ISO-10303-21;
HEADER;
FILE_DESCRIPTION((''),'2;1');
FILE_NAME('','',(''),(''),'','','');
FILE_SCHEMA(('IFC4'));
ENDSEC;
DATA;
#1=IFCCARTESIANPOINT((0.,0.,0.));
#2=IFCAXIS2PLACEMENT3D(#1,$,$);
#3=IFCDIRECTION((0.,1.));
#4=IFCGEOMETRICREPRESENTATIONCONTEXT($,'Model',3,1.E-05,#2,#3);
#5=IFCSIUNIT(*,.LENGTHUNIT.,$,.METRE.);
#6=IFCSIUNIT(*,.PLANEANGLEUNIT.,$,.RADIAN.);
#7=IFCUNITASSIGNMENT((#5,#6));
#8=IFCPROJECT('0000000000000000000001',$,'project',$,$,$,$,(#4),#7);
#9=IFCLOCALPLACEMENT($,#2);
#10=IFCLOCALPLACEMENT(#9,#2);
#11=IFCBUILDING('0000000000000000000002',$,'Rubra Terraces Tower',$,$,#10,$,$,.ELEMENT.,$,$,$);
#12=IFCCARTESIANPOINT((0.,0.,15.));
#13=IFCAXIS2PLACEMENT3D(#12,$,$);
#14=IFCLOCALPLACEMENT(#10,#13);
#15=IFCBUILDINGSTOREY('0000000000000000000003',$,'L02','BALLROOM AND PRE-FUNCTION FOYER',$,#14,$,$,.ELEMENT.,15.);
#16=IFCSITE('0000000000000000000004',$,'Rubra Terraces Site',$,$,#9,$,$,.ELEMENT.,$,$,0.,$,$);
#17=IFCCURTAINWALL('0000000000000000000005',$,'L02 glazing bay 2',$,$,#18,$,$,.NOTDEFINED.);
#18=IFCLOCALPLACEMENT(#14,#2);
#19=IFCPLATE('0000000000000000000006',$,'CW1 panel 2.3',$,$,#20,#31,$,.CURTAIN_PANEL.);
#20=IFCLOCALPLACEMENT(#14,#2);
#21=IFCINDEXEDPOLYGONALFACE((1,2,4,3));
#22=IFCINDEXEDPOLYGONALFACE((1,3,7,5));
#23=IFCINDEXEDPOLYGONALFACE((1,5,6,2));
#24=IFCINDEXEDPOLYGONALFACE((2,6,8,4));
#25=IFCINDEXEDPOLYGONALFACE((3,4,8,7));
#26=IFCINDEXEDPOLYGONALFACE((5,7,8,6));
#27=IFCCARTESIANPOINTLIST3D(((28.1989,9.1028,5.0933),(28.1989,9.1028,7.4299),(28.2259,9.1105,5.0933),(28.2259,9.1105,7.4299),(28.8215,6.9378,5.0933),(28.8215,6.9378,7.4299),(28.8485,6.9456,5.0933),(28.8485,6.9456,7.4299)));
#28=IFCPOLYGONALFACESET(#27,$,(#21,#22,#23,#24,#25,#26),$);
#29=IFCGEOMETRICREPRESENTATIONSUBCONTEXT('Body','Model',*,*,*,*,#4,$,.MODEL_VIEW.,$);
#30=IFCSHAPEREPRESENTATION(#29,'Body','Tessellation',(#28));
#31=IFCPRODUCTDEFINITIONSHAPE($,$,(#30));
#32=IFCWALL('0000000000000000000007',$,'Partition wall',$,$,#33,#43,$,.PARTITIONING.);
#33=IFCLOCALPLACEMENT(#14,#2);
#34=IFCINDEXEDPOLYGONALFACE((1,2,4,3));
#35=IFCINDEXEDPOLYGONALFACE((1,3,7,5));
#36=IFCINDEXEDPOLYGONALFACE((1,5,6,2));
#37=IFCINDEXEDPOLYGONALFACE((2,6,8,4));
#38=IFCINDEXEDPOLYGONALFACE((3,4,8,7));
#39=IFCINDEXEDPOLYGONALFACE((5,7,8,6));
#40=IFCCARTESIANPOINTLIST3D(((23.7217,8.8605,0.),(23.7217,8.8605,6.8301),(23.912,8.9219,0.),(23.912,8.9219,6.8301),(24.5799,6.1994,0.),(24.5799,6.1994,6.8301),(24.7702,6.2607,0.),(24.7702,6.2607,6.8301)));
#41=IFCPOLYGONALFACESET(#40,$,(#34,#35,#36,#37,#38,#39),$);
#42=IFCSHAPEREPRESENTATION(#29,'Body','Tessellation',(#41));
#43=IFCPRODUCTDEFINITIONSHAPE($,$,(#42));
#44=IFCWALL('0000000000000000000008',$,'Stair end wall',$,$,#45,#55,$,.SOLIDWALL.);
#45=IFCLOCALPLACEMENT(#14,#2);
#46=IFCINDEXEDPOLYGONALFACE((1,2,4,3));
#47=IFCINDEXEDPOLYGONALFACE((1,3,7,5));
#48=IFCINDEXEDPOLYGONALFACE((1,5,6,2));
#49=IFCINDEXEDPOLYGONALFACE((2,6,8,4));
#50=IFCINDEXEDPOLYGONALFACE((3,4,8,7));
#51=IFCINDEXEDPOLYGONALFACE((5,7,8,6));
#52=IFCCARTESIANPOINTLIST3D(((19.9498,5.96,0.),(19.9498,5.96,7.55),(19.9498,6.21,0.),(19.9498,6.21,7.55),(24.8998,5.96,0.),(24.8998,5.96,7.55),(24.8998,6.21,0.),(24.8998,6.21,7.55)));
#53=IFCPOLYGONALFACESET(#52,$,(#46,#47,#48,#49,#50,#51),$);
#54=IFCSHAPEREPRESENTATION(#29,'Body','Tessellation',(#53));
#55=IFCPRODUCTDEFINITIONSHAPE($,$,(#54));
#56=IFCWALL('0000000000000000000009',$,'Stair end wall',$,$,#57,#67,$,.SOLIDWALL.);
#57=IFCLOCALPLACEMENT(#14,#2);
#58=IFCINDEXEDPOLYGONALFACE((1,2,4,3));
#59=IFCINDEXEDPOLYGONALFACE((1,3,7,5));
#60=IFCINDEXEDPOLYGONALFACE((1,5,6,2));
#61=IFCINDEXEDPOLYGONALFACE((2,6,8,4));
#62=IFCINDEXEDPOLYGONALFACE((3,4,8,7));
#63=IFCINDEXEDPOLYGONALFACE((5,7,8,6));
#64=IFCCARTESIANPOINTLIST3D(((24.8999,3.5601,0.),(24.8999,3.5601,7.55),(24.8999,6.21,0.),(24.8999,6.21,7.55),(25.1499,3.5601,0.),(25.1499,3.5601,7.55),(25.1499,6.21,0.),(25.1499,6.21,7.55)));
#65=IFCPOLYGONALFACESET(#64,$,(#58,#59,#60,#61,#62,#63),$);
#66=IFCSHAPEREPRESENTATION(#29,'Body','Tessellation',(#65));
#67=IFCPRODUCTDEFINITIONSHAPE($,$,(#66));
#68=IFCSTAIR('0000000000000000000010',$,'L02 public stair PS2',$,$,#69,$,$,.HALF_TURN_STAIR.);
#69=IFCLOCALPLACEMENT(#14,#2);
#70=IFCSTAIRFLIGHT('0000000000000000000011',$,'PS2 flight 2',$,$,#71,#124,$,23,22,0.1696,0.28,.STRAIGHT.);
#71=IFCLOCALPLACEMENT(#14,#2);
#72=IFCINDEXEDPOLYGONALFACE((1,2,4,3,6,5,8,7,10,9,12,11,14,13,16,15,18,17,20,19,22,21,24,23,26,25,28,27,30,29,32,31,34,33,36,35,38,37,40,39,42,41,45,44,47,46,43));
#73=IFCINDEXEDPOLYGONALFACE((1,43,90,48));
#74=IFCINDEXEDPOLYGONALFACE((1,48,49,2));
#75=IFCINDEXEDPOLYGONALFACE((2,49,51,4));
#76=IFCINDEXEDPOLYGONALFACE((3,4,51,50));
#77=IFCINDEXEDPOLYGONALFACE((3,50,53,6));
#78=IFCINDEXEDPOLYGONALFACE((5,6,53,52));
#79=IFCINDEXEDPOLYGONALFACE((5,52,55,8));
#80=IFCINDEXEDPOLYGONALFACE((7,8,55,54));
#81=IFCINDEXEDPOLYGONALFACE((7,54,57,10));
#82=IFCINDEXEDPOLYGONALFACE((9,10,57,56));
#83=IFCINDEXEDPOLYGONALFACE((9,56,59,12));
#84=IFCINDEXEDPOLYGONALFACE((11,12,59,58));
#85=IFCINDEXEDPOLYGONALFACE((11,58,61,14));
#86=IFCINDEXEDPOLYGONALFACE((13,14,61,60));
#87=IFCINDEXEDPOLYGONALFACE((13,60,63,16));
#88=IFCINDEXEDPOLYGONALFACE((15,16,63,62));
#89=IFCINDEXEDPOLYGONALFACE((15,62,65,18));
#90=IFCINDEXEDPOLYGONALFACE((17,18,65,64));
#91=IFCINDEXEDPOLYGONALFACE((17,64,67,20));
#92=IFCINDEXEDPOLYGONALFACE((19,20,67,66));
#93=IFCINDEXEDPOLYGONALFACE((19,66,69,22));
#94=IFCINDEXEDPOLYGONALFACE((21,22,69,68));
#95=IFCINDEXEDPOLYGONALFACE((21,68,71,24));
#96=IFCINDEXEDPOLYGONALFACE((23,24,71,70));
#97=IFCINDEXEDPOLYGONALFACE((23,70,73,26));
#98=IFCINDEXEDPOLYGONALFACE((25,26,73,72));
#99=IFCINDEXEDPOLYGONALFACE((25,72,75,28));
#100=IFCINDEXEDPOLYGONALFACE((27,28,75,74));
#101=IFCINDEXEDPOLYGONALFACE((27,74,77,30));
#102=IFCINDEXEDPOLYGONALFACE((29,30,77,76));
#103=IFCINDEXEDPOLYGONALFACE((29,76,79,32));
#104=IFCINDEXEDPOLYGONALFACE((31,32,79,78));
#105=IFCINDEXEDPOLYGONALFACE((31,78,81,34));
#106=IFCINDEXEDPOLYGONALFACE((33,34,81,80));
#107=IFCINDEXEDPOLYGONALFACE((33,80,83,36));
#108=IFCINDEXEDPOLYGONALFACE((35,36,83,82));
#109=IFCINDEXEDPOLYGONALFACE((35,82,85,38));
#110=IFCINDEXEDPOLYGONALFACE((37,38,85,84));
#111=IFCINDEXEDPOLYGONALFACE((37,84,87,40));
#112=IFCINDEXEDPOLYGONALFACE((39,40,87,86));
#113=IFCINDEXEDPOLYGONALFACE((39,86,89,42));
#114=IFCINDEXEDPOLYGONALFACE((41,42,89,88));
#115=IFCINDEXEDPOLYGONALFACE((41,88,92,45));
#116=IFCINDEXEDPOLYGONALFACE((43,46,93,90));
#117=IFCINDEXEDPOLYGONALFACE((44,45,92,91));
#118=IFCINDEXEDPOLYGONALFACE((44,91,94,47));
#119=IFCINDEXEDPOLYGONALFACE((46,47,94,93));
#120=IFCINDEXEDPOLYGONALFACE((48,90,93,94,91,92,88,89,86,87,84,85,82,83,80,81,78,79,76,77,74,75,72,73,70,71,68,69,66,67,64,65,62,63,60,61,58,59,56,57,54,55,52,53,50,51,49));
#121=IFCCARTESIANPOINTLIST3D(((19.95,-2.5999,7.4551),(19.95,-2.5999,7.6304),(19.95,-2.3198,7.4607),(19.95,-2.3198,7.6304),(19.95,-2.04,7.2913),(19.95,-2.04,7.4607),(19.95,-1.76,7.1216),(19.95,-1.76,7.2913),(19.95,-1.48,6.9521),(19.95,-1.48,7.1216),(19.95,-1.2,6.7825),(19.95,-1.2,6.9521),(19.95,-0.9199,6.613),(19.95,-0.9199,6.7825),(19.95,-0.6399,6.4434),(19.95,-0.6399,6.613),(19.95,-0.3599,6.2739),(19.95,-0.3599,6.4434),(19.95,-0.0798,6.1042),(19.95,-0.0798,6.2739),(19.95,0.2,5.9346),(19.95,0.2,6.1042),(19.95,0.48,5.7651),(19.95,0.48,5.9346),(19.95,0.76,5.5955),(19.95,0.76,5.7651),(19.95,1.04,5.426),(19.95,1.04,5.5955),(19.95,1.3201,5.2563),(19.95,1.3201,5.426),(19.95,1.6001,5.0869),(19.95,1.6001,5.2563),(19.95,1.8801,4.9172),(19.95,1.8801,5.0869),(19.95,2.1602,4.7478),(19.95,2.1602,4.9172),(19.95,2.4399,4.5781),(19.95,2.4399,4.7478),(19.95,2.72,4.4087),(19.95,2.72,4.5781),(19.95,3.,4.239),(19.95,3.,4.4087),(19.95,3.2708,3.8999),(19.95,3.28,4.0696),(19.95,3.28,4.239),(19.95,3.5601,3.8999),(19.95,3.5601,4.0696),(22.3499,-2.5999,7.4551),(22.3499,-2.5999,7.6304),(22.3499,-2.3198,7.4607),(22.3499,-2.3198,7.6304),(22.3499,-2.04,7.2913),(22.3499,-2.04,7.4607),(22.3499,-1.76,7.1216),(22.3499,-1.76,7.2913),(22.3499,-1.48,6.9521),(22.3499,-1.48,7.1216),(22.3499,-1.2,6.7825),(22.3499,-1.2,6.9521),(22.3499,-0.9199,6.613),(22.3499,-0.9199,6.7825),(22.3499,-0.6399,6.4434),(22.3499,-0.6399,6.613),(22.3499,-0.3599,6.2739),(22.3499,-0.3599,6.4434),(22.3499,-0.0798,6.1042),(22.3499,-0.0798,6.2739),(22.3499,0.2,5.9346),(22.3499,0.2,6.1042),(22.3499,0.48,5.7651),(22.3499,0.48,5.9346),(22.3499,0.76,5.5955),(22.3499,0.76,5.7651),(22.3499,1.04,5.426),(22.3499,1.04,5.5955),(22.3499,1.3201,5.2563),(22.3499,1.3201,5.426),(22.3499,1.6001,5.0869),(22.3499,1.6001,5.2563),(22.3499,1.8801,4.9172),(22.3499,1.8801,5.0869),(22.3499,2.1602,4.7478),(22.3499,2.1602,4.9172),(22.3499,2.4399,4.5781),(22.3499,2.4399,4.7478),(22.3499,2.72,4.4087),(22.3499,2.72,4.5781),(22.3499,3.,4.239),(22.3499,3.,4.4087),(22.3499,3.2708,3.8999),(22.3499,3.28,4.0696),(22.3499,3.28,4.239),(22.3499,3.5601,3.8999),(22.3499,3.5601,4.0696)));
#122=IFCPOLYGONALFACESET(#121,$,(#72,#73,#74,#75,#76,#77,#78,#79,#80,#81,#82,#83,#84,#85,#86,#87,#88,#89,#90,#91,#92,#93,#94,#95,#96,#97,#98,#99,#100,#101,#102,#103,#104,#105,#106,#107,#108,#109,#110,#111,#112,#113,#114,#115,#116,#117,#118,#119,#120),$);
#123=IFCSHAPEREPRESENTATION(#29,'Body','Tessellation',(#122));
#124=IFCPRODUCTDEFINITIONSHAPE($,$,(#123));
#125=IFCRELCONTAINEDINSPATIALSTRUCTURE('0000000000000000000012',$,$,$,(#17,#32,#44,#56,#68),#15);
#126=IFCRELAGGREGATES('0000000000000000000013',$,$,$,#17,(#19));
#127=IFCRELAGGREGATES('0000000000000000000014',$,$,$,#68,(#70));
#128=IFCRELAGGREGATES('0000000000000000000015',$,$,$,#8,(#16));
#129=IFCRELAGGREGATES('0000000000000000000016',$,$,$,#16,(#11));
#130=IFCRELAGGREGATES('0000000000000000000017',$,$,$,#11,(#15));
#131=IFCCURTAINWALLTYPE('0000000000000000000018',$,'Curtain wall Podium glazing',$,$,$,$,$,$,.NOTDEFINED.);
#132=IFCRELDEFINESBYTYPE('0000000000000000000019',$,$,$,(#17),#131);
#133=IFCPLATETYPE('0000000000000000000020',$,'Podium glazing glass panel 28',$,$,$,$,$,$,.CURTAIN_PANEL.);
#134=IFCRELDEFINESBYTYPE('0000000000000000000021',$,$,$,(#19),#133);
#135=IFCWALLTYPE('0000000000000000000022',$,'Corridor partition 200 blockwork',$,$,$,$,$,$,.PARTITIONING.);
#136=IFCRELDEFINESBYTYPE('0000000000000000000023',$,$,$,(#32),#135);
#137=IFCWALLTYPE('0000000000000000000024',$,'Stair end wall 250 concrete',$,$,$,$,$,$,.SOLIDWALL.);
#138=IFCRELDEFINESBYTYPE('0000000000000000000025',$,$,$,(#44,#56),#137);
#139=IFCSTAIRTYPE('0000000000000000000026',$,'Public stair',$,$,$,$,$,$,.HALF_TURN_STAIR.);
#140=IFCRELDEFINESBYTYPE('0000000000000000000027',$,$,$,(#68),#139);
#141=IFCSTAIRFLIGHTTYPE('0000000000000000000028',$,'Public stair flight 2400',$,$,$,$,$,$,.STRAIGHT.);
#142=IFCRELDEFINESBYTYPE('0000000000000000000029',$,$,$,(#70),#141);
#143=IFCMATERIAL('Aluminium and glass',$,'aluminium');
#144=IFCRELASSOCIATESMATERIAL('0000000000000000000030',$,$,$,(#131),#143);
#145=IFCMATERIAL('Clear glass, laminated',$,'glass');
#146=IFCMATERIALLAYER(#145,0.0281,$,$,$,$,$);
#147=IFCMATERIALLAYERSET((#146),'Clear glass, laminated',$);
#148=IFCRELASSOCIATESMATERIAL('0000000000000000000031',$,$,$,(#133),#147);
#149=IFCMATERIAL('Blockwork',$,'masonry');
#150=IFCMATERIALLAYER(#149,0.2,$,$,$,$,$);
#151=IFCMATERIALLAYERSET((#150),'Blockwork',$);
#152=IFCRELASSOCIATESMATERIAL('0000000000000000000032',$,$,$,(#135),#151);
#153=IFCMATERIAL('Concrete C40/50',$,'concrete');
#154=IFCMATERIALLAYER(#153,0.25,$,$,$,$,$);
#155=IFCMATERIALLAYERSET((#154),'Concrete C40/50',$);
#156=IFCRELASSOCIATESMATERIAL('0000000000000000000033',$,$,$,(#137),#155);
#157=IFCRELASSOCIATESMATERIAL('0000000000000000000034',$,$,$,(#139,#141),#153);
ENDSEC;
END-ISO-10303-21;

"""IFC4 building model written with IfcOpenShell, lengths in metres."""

from ifc_helpers import new_model, si_unit, direction, frame, frame_2d, origin, origin_2d, place, context, subcontext, project, spatial, polyline, rectangle, outline, extrude, material, layer, layer_set, type_object, element, aggregate, save


model = new_model("IFC4")

# Units and contexts
model_context = context("Model", 3, precision=1e-05, world=origin(), true_north=direction((0.0, 1.0)))
body_context = subcontext(model_context, "Body", "Model", "MODEL_VIEW")
ifc_project = project(units=[si_unit("LENGTHUNIT", "METRE"), si_unit("PLANEANGLEUNIT", "RADIAN")], contexts=[model_context])

# Site, building, storey
site_placement = place(None, origin())
site = spatial("IfcSite", under=ifc_project, at=site_placement, Name="Rubra Terraces Site", CompositionType="ELEMENT", RefElevation=0.0)
building_placement = place(site_placement, origin())
building = spatial("IfcBuilding", under=site, at=building_placement, Name="Rubra Terraces Tower", CompositionType="ELEMENT")
storey_placement = place(building_placement, frame((0.0, 0.0, 15.0)))
storey = spatial("IfcBuildingStorey", under=building, at=storey_placement, Name="L02", Description="BALLROOM AND PRE-FUNCTION FOYER", CompositionType="ELEMENT", Elevation=15.0)

# Curtain wall
ifc_material_1 = material(Name="Aluminium and glass", Category="aluminium")
curtain_wall_type = type_object("IfcCurtainWallType", Name="Curtain wall Podium glazing", PredefinedType="NOTDEFINED", material=ifc_material_1)
curtain_wall_placement = place(storey_placement, origin())
curtain_wall = element("IfcCurtainWall", 1, at=curtain_wall_placement, inside=storey, type_object=curtain_wall_type, Name="L02 glazing bay 2", PredefinedType="NOTDEFINED")

# Plate
ifc_material_2 = material(Name="Clear glass, laminated", Category="glass")
ifc_layer_1 = layer(ifc_material_2, 0.0281)
ifc_layer_set_1 = layer_set([ifc_layer_1], Name="Clear glass, laminated")
plate_type = type_object("IfcPlateType", Name="Podium glazing glass panel 28", PredefinedType="CURTAIN_PANEL", material=ifc_layer_set_1)
plate_1_placement = place(storey_placement, frame((28.5237, 8.0242, 5.0933), z_axis=(0.0, 0.0, 1.0), x_axis=(-0.276384, 0.961047, 0.0)))
plate_1 = element("IfcPlate", 2, at=plate_1_placement, type_object=plate_type, Name="CW1 panel 2.3", PredefinedType="CURTAIN_PANEL", context=body_context, shape_type="SweptSolid", body=[
    extrude(rectangle(XDim=2.2527, YDim=0.0281, at=origin_2d()), origin(), (0.0, 0.0, 1.0), 2.3367),
])
aggregate(curtain_wall, [plate_1])

# Walls
ifc_material_3 = material(Name="Blockwork", Category="masonry")
ifc_layer_2 = layer(ifc_material_3, 0.2)
ifc_layer_set_2 = layer_set([ifc_layer_2], Name="Blockwork")
wall_type_1 = type_object("IfcWallType", Name="Corridor partition 200 blockwork", PredefinedType="PARTITIONING", material=ifc_layer_set_2)
wall_1_placement = place(storey_placement, frame((23.8169, 8.8911, 0.0), z_axis=(0.0, 0.0, 1.0), x_axis=(0.306913, -0.951737, 0.0)))
element("IfcWall", 3, at=wall_1_placement, inside=storey, type_object=wall_type_1, Name="Partition wall", PredefinedType="PARTITIONING", context=body_context, shape_type="SweptSolid", body=[
    extrude(rectangle(XDim=2.7961, YDim=0.2, at=frame_2d((1.3979, 0.0))), origin(), (0.0, 0.0, 1.0), 6.8301),
])
ifc_material_4 = material(Name="Concrete C40/50", Category="concrete")
ifc_layer_3 = layer(ifc_material_4, 0.25)
ifc_layer_set_3 = layer_set([ifc_layer_3], Name="Concrete C40/50")
wall_type_2 = type_object("IfcWallType", Name="Stair end wall 250 concrete", PredefinedType="SOLIDWALL", material=ifc_layer_set_3)
wall_2_placement = place(storey_placement, frame((24.8999, 6.085, 0.0), z_axis=(0.0, 0.0, 1.0), x_axis=(-1.0, 0.0, 0.0)))
element("IfcWall", 4, at=wall_2_placement, inside=storey, type_object=wall_type_2, Name="Stair end wall", PredefinedType="SOLIDWALL", context=body_context, shape_type="SweptSolid", body=[
    extrude(rectangle(XDim=4.95, YDim=0.25, at=frame_2d((2.4751, 0.0))), origin(), (0.0, 0.0, 1.0), 7.55),
])
wall_3_placement = place(storey_placement, frame((25.0249, 3.5601, 0.0), z_axis=(0.0, 0.0, 1.0), x_axis=(0.0, 1.0, 0.0)))
element("IfcWall", 5, at=wall_3_placement, inside=storey, type_object=wall_type_2, Name="Stair end wall", PredefinedType="SOLIDWALL", context=body_context, shape_type="SweptSolid", body=[
    extrude(rectangle(XDim=2.6499, YDim=0.25, at=frame_2d((1.325, 0.0))), origin(), (0.0, 0.0, 1.0), 7.55),
])

# Stair, stair flight
stair_type = type_object("IfcStairType", Name="Public stair", PredefinedType="HALF_TURN_STAIR", material=ifc_material_4)
stair_placement = place(storey_placement, origin())
stair = element("IfcStair", 6, at=stair_placement, inside=storey, type_object=stair_type, Name="L02 public stair PS2", PredefinedType="HALF_TURN_STAIR")
stair_flight_type = type_object("IfcStairFlightType", Name="Public stair flight 2400", PredefinedType="STRAIGHT", material=ifc_material_4)
stair_flight_placement = place(storey_placement, frame((21.1499, 3.5601, 3.8999), z_axis=(0.0, 0.0, 1.0), x_axis=(0.0, -1.0, 0.0)))
stair_flight = element("IfcStairFlight", 7, at=stair_flight_placement, type_object=stair_flight_type, Name="PS2 flight 2", NumberOfRisers=23, NumberOfTreads=22, PredefinedType="STRAIGHT", RiserHeight=0.1696, TreadLength=0.28, context=body_context, shape_type="SweptSolid", body=[
    extrude(outline(polyline([(0.0, 0.0), (0.0, 0.1697), (0.28, 0.1697), (0.28, 0.3391), (0.5601, 0.3391), (0.5601, 0.5088), (0.8401, 0.5088), (0.8401, 0.6782), (1.1201, 0.6782), (1.1201, 0.8479), (1.3999, 0.8479), (1.3999, 1.0173), (1.6799, 1.0173), (1.6799, 1.187), (1.96, 1.187), (1.96, 1.3564), (2.24, 1.3564), (2.24, 1.5261), (2.52, 1.5261), (2.52, 1.6956), (2.8, 1.6956), (2.8, 1.8652), (3.0801, 1.8652), (3.0801, 2.0347), (3.3601, 2.0347), (3.3601, 2.2043), (3.6399, 2.2043), (3.6399, 2.374), (3.9199, 2.374), (3.9199, 2.5435), (4.2, 2.5435), (4.2, 2.7131), (4.48, 2.7131), (4.48, 2.8826), (4.76, 2.8826), (4.76, 3.0522), (5.04, 3.0522), (5.04, 3.2217), (5.3201, 3.2217), (5.3201, 3.3914), (5.6001, 3.3914), (5.6001, 3.5608), (5.8799, 3.5608), (5.8799, 3.7305), (6.1599, 3.7305), (6.1599, 3.8999), (6.1599, 3.5552), (0.2893, 0.0), (0.0, 0.0)])), frame((0.0, 1.2, 0.0), z_axis=(0.0, -1.0, 0.0), x_axis=(1.0, 0.0, 0.0)), (0.0, 0.0, 1.0), 2.3999),
])
aggregate(stair, [stair_flight])

save(model, "model.ifc")
